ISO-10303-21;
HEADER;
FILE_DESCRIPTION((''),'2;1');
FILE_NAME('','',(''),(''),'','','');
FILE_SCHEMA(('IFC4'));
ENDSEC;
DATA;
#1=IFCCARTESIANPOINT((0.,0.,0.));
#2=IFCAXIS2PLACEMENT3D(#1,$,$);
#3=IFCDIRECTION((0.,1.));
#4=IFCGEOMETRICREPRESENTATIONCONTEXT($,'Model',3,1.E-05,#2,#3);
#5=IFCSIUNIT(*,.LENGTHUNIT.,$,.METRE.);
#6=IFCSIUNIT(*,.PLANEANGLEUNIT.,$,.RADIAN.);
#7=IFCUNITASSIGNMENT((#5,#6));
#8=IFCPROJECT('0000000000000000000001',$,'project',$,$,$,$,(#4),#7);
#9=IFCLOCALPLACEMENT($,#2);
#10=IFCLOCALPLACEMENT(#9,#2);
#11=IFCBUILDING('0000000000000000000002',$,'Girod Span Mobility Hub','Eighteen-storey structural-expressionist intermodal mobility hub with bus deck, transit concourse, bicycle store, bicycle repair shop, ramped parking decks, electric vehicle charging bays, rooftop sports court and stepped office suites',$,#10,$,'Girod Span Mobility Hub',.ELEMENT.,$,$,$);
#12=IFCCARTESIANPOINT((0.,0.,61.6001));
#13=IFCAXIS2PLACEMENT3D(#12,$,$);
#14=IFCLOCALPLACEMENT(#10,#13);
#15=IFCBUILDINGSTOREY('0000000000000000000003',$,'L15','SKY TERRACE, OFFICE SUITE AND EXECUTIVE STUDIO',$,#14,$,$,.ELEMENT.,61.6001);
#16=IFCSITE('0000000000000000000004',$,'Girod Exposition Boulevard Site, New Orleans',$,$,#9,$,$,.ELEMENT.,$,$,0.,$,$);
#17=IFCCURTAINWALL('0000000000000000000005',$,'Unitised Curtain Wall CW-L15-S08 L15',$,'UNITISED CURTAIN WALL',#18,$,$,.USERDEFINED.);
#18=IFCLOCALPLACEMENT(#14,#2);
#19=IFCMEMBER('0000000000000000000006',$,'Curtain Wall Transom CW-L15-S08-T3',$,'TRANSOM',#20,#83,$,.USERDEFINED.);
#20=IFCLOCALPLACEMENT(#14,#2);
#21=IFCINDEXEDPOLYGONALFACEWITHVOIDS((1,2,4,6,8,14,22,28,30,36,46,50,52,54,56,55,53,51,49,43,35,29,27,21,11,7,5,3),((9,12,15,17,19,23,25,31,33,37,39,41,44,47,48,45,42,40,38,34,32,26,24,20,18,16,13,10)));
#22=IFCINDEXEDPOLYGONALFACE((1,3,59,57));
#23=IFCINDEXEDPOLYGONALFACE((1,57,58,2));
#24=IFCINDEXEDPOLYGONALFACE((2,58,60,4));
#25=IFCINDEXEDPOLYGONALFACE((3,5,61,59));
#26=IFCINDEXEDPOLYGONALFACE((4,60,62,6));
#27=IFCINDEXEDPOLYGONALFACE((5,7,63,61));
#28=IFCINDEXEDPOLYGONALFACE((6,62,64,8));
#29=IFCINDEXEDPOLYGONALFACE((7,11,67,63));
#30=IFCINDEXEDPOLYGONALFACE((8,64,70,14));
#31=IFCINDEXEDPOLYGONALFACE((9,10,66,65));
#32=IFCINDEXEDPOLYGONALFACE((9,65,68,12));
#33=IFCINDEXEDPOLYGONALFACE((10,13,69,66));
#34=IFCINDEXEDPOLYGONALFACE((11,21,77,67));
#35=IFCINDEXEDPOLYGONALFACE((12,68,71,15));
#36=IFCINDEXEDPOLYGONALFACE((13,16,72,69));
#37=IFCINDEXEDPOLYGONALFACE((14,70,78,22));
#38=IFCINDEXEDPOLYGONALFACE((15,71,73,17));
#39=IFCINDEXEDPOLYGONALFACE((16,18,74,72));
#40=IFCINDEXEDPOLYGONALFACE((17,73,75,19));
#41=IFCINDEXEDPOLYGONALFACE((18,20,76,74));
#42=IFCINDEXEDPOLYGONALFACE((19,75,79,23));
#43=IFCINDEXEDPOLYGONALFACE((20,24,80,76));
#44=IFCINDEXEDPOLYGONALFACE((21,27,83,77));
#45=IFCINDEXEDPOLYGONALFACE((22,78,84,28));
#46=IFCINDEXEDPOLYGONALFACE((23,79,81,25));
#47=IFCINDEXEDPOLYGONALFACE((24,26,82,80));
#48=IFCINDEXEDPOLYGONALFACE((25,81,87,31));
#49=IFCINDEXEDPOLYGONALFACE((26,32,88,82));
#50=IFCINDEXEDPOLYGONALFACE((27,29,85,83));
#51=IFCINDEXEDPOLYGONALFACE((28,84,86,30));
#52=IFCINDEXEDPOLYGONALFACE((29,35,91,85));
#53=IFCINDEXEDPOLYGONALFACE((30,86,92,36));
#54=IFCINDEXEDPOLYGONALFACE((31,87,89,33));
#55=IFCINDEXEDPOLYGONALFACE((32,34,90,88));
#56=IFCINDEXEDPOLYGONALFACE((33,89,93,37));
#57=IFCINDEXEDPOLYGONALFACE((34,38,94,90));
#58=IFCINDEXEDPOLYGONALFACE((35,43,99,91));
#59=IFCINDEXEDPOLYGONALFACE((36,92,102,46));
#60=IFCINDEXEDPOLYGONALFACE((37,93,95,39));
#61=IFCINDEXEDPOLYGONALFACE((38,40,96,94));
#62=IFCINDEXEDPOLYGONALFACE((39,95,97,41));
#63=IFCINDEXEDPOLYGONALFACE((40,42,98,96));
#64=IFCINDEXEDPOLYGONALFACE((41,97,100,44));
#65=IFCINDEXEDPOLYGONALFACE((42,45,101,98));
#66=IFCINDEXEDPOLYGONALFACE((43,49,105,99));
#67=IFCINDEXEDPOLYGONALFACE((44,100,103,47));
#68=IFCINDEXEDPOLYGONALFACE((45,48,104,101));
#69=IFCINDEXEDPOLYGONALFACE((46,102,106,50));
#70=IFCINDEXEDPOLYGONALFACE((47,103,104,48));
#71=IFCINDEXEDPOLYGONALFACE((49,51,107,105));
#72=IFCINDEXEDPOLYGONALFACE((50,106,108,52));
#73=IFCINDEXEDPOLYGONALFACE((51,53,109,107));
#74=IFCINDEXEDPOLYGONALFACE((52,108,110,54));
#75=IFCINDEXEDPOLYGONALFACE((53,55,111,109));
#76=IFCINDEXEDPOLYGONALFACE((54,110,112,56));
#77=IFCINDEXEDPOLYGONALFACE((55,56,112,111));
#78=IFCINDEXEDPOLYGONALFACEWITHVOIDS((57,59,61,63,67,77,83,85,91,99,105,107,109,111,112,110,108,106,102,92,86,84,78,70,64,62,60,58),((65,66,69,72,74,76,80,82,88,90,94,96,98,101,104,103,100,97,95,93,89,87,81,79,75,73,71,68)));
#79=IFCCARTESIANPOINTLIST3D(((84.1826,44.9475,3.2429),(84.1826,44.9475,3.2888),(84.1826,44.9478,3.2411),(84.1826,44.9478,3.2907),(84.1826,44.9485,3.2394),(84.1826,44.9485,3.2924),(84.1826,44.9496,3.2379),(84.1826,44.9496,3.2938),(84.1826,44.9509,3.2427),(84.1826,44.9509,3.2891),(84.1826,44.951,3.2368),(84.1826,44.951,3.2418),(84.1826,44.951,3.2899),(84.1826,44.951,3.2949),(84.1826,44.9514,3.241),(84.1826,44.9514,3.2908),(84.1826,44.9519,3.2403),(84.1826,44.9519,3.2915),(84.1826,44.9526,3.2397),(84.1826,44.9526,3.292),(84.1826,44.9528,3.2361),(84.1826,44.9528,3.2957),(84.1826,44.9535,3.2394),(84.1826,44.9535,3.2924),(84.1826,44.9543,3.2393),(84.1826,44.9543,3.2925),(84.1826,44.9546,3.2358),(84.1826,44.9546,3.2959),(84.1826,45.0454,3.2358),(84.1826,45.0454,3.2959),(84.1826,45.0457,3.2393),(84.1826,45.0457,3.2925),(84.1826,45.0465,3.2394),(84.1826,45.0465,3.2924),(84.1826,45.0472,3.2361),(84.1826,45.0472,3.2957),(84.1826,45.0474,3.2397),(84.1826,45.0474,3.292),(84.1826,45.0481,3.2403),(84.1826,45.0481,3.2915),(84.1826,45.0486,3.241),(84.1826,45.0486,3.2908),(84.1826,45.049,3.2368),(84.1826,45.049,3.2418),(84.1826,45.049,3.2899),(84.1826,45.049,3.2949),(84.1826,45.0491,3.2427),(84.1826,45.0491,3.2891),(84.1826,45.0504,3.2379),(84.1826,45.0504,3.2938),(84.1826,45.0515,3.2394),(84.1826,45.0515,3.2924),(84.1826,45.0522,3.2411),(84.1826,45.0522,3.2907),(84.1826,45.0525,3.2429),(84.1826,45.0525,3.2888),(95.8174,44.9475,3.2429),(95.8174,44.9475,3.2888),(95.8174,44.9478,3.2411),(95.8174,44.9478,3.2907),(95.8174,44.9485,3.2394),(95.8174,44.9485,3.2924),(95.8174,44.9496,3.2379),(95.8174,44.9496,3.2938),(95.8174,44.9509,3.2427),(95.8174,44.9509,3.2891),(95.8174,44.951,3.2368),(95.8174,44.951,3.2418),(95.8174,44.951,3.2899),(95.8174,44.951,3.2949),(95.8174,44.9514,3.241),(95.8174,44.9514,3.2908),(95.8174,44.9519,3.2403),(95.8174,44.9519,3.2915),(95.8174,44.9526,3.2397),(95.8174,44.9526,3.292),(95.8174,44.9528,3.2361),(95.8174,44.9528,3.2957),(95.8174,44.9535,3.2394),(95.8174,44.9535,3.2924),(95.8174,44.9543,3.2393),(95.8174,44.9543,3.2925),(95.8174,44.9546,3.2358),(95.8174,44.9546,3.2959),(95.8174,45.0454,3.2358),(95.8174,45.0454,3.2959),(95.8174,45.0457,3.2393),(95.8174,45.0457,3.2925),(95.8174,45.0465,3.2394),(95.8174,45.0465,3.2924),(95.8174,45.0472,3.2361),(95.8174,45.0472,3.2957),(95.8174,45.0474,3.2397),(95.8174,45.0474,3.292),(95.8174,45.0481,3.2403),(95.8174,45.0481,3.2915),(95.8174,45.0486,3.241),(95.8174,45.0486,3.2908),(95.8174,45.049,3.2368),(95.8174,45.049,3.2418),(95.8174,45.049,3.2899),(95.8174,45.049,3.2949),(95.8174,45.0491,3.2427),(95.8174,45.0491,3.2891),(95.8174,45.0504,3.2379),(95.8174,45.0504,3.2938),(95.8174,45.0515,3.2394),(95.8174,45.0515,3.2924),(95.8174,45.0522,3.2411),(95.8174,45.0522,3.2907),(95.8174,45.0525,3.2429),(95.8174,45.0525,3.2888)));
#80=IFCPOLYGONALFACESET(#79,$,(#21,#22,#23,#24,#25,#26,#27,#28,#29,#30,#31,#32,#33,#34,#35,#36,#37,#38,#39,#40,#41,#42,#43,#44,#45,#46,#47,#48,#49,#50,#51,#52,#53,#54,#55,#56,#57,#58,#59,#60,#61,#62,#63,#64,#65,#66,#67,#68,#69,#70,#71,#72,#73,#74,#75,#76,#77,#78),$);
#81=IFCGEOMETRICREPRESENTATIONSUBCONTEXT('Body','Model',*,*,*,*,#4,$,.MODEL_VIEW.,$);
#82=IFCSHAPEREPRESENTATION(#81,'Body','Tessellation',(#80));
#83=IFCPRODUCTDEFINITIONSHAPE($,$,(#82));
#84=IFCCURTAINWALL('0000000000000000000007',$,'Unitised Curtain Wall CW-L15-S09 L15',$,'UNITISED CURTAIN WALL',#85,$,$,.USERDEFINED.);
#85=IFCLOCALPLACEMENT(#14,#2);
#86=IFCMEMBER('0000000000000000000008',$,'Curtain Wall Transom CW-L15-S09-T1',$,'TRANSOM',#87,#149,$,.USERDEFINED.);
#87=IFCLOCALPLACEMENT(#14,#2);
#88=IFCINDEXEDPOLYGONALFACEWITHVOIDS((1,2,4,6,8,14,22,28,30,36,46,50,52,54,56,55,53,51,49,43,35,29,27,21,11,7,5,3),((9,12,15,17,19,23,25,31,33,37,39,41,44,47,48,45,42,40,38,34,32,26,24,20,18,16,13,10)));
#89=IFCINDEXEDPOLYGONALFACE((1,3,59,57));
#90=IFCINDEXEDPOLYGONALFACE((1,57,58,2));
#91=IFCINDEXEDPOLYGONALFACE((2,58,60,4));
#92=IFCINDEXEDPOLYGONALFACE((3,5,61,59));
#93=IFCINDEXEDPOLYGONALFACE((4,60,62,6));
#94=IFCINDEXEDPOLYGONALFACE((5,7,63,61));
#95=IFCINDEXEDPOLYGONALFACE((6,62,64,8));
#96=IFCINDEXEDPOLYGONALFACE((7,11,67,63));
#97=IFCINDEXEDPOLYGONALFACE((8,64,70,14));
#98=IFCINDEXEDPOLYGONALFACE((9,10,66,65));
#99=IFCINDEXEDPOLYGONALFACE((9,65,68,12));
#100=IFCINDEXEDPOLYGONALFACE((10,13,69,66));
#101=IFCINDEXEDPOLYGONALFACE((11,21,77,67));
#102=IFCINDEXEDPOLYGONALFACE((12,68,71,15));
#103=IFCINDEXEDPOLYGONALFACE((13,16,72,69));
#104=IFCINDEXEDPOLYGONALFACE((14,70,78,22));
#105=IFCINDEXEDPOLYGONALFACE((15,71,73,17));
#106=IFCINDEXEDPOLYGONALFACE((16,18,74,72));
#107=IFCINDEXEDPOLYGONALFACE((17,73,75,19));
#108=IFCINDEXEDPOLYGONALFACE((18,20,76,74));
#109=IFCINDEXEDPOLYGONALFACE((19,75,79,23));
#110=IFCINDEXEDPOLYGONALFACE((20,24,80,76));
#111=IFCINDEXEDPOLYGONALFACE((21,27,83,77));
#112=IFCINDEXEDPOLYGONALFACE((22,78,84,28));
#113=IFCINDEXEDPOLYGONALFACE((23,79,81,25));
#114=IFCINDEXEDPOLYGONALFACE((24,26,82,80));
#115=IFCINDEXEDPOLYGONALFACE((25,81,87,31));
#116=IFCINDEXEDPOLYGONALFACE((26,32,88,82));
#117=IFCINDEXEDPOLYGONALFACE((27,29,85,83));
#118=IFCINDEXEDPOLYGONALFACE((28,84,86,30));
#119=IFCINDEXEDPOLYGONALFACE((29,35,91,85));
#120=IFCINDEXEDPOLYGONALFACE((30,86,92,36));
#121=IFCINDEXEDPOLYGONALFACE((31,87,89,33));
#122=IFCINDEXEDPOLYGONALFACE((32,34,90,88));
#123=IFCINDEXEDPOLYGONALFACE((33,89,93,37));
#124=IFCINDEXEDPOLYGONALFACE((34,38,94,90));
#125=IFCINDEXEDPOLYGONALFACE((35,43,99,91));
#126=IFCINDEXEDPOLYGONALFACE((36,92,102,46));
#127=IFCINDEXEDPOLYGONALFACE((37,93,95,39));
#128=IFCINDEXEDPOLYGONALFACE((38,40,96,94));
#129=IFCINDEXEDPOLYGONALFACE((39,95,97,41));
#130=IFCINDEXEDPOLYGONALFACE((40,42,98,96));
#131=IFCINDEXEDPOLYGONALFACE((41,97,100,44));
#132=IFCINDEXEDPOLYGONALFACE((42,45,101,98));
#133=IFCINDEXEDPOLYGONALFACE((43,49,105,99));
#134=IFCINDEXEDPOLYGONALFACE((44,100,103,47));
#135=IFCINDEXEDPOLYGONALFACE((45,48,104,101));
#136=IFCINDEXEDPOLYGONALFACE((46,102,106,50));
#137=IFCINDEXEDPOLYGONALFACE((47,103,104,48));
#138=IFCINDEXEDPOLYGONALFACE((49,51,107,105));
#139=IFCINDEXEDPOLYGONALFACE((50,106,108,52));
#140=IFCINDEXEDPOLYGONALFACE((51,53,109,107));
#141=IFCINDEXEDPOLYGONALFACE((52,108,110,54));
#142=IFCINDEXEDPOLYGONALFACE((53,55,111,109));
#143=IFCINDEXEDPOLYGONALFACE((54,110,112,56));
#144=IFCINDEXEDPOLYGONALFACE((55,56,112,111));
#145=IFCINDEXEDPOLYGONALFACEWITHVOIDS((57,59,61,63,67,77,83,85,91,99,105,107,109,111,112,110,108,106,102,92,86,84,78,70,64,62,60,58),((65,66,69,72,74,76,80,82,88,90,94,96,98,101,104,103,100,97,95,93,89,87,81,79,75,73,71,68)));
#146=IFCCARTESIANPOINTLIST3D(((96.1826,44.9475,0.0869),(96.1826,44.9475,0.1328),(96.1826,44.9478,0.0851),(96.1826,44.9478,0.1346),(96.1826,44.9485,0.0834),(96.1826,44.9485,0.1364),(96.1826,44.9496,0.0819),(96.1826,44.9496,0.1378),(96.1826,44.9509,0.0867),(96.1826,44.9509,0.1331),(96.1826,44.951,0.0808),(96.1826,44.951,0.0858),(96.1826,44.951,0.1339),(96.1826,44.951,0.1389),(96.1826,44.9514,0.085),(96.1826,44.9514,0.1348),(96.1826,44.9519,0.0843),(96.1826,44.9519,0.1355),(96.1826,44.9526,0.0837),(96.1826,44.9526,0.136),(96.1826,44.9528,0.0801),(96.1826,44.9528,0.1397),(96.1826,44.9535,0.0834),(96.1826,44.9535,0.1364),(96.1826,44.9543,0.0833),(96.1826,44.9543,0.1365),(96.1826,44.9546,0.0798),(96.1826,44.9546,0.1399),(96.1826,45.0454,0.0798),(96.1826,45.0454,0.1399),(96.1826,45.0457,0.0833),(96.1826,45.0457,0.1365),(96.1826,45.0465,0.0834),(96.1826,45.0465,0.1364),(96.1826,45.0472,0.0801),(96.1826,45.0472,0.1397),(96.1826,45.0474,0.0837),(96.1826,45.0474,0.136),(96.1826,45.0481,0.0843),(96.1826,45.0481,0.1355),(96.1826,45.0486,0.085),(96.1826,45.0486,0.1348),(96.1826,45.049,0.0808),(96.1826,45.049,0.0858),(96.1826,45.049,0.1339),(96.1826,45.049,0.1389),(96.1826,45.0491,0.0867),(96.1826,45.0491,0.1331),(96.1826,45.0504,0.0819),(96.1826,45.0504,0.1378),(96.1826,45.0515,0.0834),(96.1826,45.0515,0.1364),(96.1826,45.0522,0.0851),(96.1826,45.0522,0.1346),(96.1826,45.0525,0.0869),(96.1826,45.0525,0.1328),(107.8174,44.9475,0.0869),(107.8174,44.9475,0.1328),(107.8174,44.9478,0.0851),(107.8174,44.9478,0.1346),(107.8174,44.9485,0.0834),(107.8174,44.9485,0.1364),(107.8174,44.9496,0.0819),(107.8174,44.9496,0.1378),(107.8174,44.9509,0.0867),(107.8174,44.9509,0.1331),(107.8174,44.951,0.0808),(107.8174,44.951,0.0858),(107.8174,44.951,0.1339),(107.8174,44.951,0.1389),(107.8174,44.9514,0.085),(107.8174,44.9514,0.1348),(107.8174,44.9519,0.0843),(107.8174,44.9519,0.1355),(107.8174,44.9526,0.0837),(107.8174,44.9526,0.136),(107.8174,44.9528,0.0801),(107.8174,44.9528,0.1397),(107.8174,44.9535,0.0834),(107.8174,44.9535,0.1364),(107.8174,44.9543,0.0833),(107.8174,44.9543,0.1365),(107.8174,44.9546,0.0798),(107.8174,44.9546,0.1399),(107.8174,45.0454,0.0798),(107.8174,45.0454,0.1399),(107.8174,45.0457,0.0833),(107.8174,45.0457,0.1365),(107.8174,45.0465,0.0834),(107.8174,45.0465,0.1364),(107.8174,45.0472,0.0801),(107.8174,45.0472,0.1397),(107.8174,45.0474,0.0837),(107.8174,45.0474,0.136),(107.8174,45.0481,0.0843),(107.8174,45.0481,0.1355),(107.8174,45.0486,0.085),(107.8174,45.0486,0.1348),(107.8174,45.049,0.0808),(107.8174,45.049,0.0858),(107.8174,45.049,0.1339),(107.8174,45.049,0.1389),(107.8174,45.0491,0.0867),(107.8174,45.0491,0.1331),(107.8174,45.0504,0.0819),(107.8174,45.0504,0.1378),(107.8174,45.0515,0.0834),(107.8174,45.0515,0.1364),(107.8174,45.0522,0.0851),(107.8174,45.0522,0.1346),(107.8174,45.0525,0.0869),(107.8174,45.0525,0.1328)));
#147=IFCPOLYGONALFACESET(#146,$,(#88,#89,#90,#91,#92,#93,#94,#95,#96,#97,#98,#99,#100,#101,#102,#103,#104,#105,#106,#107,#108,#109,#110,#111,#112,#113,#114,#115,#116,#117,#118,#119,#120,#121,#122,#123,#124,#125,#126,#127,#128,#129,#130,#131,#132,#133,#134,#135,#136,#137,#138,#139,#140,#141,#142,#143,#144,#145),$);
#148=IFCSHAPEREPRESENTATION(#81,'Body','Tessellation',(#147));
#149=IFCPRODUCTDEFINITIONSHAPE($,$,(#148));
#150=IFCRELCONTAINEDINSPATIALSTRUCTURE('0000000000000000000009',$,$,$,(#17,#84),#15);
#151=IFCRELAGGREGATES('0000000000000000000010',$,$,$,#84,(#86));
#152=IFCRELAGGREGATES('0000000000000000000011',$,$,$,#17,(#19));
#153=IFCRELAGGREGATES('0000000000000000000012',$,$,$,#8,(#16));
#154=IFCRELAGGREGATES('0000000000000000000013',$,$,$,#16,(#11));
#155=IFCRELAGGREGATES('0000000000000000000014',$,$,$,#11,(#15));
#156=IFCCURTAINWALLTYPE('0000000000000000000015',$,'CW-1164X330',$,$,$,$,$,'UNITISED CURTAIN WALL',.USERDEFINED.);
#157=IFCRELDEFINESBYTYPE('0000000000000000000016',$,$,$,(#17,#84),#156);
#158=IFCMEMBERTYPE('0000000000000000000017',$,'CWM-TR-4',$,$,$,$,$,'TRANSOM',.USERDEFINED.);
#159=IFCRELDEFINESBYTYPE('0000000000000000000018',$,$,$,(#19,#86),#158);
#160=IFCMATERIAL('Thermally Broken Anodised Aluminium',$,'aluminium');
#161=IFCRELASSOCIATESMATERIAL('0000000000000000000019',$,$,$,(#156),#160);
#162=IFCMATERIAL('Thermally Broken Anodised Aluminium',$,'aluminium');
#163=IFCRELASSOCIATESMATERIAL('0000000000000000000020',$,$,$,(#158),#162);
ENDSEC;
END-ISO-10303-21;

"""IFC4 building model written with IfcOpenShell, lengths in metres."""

from ifc_helpers import new_model, si_unit, direction, frame, origin, origin_2d, place, context, subcontext, project, spatial, hollow_rectangle, extrude, material, material_profile, profile_set, type_object, element, aggregate, save


model = new_model("IFC4")

# Units and contexts
model_context = context("Model", 3, precision=1e-05, world=origin(), true_north=direction((0.0, 1.0)))
body_context = subcontext(model_context, "Body", "Model", "MODEL_VIEW")
ifc_project = project(units=[si_unit("LENGTHUNIT", "METRE"), si_unit("PLANEANGLEUNIT", "RADIAN")], contexts=[model_context])

# Site, building, storey
site_placement = place(None, origin())
site = spatial("IfcSite", under=ifc_project, at=site_placement, Name="Girod Exposition Boulevard Site, New Orleans", CompositionType="ELEMENT", RefElevation=0.0)
building_placement = place(site_placement, origin())
building = spatial("IfcBuilding", under=site, at=building_placement, Name="Girod Span Mobility Hub", Description="Eighteen-storey structural-expressionist intermodal mobility hub with bus deck, transit concourse, bicycle store, bicycle repair shop, ramped parking decks, electric vehicle charging bays, rooftop sports court and stepped office suites", LongName="Girod Span Mobility Hub", CompositionType="ELEMENT")
storey_placement = place(building_placement, frame((0.0, 0.0, 61.6001)))
storey = spatial("IfcBuildingStorey", under=building, at=storey_placement, Name="L15", Description="SKY TERRACE, OFFICE SUITE AND EXECUTIVE STUDIO", CompositionType="ELEMENT", Elevation=61.6001)

# Shared definitions
ifc_material_1 = material(Name="Thermally Broken Anodised Aluminium", Category="aluminium")
curtain_wall_type = type_object("IfcCurtainWallType", Name="CW-1164X330", ElementType="UNITISED CURTAIN WALL", PredefinedType="USERDEFINED", material=ifc_material_1)

# Curtain walls, members
curtain_wall_1_placement = place(storey_placement, origin())
curtain_wall_1 = element("IfcCurtainWall", 1, at=curtain_wall_1_placement, inside=storey, type_object=curtain_wall_type, Name="Unitised Curtain Wall CW-L15-S08 L15", ObjectType="UNITISED CURTAIN WALL", PredefinedType="USERDEFINED")
ifc_material_2 = material(Name="Thermally Broken Anodised Aluminium", Category="aluminium")
ifc_material_profile_1 = material_profile(ifc_material_2, hollow_rectangle(XDim=0.105, YDim=0.0601, WallThickness=0.0034, InnerFilletRadius=0.0034, OuterFilletRadius=0.0071, at=origin_2d()), Name="CW-TR-60X105")
ifc_profile_set_1 = profile_set([ifc_material_profile_1], Name="Thermally Broken Anodised Aluminium")
member_type_1 = type_object("IfcMemberType", Name="CWM-TR-4", ElementType="TRANSOM", PredefinedType="USERDEFINED", material=ifc_profile_set_1)
member_1_placement = place(storey_placement, frame((84.1826, 45.0, 3.2659), z_axis=(1.0, 0.0, 0.0), x_axis=(0.0, 1.0, 0.0)))
member_1 = element("IfcMember", 2, at=member_1_placement, type_object=member_type_1, Name="Curtain Wall Transom CW-L15-S08-T3", ObjectType="TRANSOM", PredefinedType="USERDEFINED", context=body_context, shape_type="SweptSolid", body=[
    extrude(hollow_rectangle(XDim=0.105, YDim=0.0601, WallThickness=0.0034, InnerFilletRadius=0.0034, OuterFilletRadius=0.0071, at=origin_2d()), origin(), (0.0, 0.0, 1.0), 11.6348),
])
curtain_wall_2_placement = place(storey_placement, origin())
curtain_wall_2 = element("IfcCurtainWall", 3, at=curtain_wall_2_placement, inside=storey, type_object=curtain_wall_type, Name="Unitised Curtain Wall CW-L15-S09 L15", ObjectType="UNITISED CURTAIN WALL", PredefinedType="USERDEFINED")
member_2_placement = place(storey_placement, frame((96.1826, 45.0, 0.1099), z_axis=(1.0, 0.0, 0.0), x_axis=(0.0, 1.0, 0.0)))
member_2 = element("IfcMember", 4, at=member_2_placement, type_object=member_type_1, Name="Curtain Wall Transom CW-L15-S09-T1", ObjectType="TRANSOM", PredefinedType="USERDEFINED", context=body_context, shape_type="SweptSolid", body=[
    extrude(hollow_rectangle(XDim=0.105, YDim=0.0601, WallThickness=0.0034, InnerFilletRadius=0.0034, OuterFilletRadius=0.0071, at=origin_2d()), origin(), (0.0, 0.0, 1.0), 11.6348),
])
aggregate(curtain_wall_2, [member_2])

aggregate(curtain_wall_1, [member_1])

save(model, "model.ifc")
